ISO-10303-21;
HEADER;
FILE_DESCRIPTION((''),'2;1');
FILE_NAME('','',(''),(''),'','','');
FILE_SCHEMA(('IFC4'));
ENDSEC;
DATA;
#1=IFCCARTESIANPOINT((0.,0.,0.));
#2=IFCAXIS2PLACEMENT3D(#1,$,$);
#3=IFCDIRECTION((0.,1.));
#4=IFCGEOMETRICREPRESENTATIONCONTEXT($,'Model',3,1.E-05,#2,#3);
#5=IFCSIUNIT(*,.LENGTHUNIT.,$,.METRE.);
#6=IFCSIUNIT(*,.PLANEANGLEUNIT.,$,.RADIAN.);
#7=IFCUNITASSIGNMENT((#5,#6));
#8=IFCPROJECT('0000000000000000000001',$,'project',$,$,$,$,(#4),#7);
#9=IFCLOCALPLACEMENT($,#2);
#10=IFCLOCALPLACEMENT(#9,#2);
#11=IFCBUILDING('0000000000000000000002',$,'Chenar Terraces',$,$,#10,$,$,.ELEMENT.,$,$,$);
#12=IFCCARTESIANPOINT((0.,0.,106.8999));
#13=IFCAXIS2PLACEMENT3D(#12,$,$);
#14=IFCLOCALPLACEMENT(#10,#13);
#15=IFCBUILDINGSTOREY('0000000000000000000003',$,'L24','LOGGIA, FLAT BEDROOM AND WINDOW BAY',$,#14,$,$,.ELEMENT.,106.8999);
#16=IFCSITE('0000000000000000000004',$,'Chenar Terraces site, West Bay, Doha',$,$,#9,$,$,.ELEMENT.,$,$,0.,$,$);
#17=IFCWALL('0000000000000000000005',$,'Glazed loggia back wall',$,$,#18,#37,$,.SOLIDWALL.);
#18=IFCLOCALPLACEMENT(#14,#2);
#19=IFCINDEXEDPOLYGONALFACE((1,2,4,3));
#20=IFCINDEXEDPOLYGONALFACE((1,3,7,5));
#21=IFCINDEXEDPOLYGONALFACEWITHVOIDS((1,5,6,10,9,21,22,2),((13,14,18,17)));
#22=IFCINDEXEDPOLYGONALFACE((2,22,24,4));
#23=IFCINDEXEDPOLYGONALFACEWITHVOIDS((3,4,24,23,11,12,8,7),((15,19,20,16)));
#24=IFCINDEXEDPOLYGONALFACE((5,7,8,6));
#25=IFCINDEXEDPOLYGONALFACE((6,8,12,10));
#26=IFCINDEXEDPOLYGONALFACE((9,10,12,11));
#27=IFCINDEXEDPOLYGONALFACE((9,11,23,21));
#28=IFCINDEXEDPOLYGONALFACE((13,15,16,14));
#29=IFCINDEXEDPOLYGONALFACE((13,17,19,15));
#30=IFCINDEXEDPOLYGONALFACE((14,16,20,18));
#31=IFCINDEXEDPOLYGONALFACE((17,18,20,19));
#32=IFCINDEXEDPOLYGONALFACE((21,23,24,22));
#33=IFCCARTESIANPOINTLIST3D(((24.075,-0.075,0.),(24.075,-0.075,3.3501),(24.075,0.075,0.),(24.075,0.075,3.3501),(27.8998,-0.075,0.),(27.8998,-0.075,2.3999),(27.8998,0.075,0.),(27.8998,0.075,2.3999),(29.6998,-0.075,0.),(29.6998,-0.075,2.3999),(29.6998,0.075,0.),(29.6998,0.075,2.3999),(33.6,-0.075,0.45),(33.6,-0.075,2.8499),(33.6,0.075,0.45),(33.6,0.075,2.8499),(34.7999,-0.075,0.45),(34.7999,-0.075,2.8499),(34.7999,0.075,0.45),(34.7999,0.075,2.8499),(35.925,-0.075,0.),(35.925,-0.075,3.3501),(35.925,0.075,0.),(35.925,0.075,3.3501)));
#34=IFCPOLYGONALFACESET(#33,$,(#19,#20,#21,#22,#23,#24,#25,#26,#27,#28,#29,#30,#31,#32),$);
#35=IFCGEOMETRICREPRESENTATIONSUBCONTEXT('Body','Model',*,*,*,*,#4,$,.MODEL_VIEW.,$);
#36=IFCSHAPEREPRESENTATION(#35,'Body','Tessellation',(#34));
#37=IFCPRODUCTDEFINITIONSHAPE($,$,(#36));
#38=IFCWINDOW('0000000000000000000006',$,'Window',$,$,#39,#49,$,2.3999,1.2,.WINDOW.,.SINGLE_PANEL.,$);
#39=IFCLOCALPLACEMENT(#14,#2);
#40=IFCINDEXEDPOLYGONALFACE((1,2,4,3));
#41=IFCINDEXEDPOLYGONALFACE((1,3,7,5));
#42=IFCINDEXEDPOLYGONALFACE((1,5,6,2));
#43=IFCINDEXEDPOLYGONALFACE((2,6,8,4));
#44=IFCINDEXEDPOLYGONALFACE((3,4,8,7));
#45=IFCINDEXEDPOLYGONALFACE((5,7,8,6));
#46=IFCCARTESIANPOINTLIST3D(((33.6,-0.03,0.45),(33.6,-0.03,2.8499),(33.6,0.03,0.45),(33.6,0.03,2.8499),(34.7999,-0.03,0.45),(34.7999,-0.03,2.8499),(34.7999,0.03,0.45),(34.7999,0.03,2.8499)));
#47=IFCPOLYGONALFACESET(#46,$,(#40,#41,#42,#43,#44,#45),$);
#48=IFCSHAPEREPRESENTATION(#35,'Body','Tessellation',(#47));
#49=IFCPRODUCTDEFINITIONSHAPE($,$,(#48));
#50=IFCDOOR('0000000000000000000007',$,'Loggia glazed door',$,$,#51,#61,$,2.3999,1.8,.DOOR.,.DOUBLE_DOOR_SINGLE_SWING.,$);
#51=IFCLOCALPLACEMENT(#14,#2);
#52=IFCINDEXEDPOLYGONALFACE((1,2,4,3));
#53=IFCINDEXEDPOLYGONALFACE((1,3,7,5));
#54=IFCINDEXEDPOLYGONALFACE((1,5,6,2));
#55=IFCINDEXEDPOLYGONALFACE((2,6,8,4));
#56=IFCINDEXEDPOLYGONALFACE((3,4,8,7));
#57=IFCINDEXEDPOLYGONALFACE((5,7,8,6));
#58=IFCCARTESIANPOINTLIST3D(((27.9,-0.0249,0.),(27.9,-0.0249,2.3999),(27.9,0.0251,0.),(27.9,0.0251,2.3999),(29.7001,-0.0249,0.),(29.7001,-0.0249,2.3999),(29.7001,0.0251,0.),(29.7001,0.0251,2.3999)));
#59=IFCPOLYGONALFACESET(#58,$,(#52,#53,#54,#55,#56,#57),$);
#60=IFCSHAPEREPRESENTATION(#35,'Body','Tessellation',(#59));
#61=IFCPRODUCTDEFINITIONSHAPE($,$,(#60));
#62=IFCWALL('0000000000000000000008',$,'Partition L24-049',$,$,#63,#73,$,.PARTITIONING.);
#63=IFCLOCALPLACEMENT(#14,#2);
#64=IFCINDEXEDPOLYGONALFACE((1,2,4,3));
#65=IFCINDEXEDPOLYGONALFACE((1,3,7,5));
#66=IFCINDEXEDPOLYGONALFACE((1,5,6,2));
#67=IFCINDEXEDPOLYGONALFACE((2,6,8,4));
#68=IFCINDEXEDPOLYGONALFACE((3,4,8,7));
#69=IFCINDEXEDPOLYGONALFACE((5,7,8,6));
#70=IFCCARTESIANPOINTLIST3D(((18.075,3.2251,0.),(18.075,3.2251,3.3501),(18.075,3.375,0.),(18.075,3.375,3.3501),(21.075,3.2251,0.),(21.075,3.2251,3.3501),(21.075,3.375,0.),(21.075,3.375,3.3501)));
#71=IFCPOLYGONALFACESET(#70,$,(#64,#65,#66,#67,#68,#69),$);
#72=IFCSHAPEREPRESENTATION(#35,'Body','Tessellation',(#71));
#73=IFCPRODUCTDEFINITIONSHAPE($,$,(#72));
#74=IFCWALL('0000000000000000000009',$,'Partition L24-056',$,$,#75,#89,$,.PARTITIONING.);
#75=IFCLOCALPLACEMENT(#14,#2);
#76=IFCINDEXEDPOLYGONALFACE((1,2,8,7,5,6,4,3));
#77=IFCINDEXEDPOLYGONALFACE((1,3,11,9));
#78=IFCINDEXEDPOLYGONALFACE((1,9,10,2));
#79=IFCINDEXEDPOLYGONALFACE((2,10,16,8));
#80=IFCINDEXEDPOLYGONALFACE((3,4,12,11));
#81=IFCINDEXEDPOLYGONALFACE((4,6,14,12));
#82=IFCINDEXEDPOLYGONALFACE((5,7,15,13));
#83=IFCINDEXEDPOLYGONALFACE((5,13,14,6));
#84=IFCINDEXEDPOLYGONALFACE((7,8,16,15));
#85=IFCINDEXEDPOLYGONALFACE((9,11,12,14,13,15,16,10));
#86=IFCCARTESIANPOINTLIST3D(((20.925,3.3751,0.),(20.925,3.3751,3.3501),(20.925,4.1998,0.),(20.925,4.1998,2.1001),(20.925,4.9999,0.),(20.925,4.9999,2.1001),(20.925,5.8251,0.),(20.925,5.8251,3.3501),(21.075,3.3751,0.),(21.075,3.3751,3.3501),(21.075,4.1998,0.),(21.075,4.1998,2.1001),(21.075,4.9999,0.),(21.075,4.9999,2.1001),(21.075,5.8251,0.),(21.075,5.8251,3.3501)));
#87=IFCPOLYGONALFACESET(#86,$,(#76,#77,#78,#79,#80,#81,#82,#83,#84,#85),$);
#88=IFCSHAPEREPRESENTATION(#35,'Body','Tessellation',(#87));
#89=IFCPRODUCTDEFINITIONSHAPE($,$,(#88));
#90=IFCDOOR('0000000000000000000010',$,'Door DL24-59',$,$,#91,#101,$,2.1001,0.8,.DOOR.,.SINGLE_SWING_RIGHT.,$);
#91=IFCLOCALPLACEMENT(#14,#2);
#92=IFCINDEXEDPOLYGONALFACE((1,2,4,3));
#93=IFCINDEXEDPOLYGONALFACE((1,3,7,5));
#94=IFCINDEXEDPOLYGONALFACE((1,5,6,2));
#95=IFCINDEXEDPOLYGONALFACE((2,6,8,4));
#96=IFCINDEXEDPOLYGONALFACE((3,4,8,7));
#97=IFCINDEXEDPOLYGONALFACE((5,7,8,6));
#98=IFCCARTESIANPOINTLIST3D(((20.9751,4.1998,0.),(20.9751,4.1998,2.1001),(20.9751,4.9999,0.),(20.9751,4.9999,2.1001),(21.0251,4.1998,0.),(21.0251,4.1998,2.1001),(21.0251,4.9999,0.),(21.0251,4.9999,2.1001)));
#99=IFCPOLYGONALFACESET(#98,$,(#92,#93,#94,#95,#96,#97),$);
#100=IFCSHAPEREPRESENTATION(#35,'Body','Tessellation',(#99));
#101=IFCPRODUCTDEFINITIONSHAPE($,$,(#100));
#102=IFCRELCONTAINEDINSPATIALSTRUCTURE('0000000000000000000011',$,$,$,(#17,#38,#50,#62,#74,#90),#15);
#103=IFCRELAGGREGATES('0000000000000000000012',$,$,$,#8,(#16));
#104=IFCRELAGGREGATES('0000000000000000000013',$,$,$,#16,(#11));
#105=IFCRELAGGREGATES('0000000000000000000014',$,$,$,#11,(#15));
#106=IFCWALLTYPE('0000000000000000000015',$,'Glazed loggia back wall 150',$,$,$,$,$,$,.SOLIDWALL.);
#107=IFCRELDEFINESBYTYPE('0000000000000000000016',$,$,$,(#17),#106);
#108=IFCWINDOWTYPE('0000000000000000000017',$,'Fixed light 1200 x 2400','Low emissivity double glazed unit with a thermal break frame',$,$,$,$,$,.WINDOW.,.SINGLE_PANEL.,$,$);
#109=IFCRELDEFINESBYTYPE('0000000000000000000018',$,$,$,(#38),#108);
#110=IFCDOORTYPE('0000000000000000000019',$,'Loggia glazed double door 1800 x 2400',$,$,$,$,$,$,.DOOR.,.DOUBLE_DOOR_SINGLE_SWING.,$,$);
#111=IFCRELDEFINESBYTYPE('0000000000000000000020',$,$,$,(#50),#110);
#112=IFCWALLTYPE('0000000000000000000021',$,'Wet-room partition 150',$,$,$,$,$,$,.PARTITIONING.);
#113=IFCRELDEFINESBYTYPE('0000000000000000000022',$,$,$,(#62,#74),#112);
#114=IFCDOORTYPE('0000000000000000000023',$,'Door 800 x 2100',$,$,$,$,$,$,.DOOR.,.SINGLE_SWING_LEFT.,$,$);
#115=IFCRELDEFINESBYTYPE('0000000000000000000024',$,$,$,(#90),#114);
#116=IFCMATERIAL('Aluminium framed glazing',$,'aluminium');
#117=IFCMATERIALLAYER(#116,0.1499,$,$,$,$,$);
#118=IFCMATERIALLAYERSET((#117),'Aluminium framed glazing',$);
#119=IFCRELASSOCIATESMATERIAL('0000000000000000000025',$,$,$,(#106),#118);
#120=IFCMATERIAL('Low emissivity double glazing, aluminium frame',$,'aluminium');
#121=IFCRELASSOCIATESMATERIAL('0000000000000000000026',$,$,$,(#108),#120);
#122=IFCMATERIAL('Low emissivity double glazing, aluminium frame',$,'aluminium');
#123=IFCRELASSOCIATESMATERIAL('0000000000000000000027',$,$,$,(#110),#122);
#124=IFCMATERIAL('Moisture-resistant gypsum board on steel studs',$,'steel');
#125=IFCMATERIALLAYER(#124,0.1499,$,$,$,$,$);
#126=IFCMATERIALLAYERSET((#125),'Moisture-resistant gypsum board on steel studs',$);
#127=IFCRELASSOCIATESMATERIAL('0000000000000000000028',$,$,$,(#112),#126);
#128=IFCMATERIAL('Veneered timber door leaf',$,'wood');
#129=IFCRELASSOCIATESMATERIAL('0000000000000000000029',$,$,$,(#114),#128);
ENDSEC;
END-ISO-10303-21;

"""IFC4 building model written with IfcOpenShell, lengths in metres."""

from ifc_helpers import new_model, si_unit, direction, frame, frame_2d, origin, place, context, subcontext, project, spatial, rectangle, extrude, material, layer, layer_set, type_object, element, fill, save


model = new_model("IFC4")

# Units and contexts
model_context = context("Model", 3, precision=1e-05, world=origin(), true_north=direction((0.0, 1.0)))
body_context = subcontext(model_context, "Body", "Model", "MODEL_VIEW")
ifc_project = project(units=[si_unit("LENGTHUNIT", "METRE"), si_unit("PLANEANGLEUNIT", "RADIAN")], contexts=[model_context])

# Site, building, storey
site_placement = place(None, origin())
site = spatial("IfcSite", under=ifc_project, at=site_placement, Name="Chenar Terraces site, West Bay, Doha", CompositionType="ELEMENT", RefElevation=0.0)
building_placement = place(site_placement, origin())
building = spatial("IfcBuilding", under=site, at=building_placement, Name="Chenar Terraces", CompositionType="ELEMENT")
storey_placement = place(building_placement, frame((0.0, 0.0, 106.8999)))
storey = spatial("IfcBuildingStorey", under=building, at=storey_placement, Name="L24", Description="LOGGIA, FLAT BEDROOM AND WINDOW BAY", CompositionType="ELEMENT", Elevation=106.8999)

# Wall, openings, window, door
ifc_material_1 = material(Name="Aluminium framed glazing", Category="aluminium")
ifc_layer_1 = layer(ifc_material_1, 0.1499)
ifc_layer_set_1 = layer_set([ifc_layer_1], Name="Aluminium framed glazing")
wall_type_1 = type_object("IfcWallType", Name="Glazed loggia back wall 150", PredefinedType="SOLIDWALL", material=ifc_layer_set_1)
wall_1_placement = place(storey_placement, frame((24.075, 0.0, 0.0), z_axis=(0.0, 0.0, 1.0), x_axis=(1.0, 0.0, 0.0)))
wall_1 = element("IfcWall", 1, at=wall_1_placement, inside=storey, type_object=wall_type_1, Name="Glazed loggia back wall", PredefinedType="SOLIDWALL", context=body_context, shape_type="SweptSolid", body=[
    extrude(rectangle(XDim=11.8501, YDim=0.1499, at=frame_2d((5.925, 0.0))), origin(), (0.0, 0.0, 1.0), 3.3501),
])
opening_1_placement = place(wall_1_placement, frame((3.825, 0.0, 0.0)))
opening_1 = element("IfcOpeningElement", 2, at=opening_1_placement, cuts=wall_1, PredefinedType="OPENING", context=body_context, shape_type="SweptSolid", body=[
    extrude(rectangle(XDim=1.8, YDim=2.3999, at=frame_2d((0.8999, 1.2))), frame((0.0, 0.085, 0.0), z_axis=(0.0, -1.0, 0.0), x_axis=(1.0, 0.0, 0.0)), (0.0, 0.0, 1.0), 0.1699),
])
opening_2_placement = place(wall_1_placement, frame((9.5249, 0.0, 0.45)))
opening_2 = element("IfcOpeningElement", 3, at=opening_2_placement, cuts=wall_1, PredefinedType="OPENING", context=body_context, shape_type="SweptSolid", body=[
    extrude(rectangle(XDim=1.2, YDim=2.3999, at=frame_2d((0.6001, 1.2))), frame((0.0, 0.085, 0.0), z_axis=(0.0, -1.0, 0.0), x_axis=(1.0, 0.0, 0.0)), (0.0, 0.0, 1.0), 0.1699),
])
ifc_material_2 = material(Name="Low emissivity double glazing, aluminium frame", Category="aluminium")
window_type = type_object("IfcWindowType", Name="Fixed light 1200 x 2400", Description="Low emissivity double glazed unit with a thermal break frame", PartitioningType="SINGLE_PANEL", PredefinedType="WINDOW", material=ifc_material_2)
window_placement = place(opening_2_placement, origin())
window = element("IfcWindow", 4, at=window_placement, inside=storey, type_object=window_type, Name="Window", OverallHeight=2.3999, OverallWidth=1.2, PartitioningType="SINGLE_PANEL", PredefinedType="WINDOW", context=body_context, shape_type="SweptSolid", body=[
    extrude(rectangle(XDim=1.2, YDim=2.3999, at=frame_2d((0.6001, 1.2))), frame((0.0, 0.03, 0.0), z_axis=(0.0, -1.0, 0.0), x_axis=(1.0, 0.0, 0.0)), (0.0, 0.0, 1.0), 0.0601),
])
fill(opening_2, window)
ifc_material_3 = material(Name="Low emissivity double glazing, aluminium frame", Category="aluminium")
door_type_1 = type_object("IfcDoorType", Name="Loggia glazed double door 1800 x 2400", OperationType="DOUBLE_DOOR_SINGLE_SWING", PredefinedType="DOOR", material=ifc_material_3)
door_1_placement = place(opening_1_placement, frame((1.8, 0.0, 0.0), z_axis=(0.0, 0.0, 1.0), x_axis=(-1.0, 0.0, 0.0)))
door_1 = element("IfcDoor", 5, at=door_1_placement, inside=storey, type_object=door_type_1, Name="Loggia glazed door", OperationType="DOUBLE_DOOR_SINGLE_SWING", OverallHeight=2.3999, OverallWidth=1.8, PredefinedType="DOOR", context=body_context, shape_type="SweptSolid", body=[
    extrude(rectangle(XDim=1.8, YDim=2.3999, at=frame_2d((0.8999, 1.2))), frame((0.0, 0.0249, 0.0), z_axis=(0.0, -1.0, 0.0), x_axis=(1.0, 0.0, 0.0)), (0.0, 0.0, 1.0), 0.05),
])
fill(opening_1, door_1)

# Wall
ifc_material_4 = material(Name="Moisture-resistant gypsum board on steel studs", Category="steel")
ifc_layer_2 = layer(ifc_material_4, 0.1499)
ifc_layer_set_2 = layer_set([ifc_layer_2], Name="Moisture-resistant gypsum board on steel studs")
wall_type_2 = type_object("IfcWallType", Name="Wet-room partition 150", PredefinedType="PARTITIONING", material=ifc_layer_set_2)
wall_2_placement = place(storey_placement, frame((18.075, 3.3, 0.0), z_axis=(0.0, 0.0, 1.0), x_axis=(1.0, 0.0, 0.0)))
element("IfcWall", 6, at=wall_2_placement, inside=storey, type_object=wall_type_2, Name="Partition L24-049", PredefinedType="PARTITIONING", context=body_context, shape_type="SweptSolid", body=[
    extrude(rectangle(XDim=3.0, YDim=0.1499, at=frame_2d((1.5, 0.0))), origin(), (0.0, 0.0, 1.0), 3.3501),
])

# Wall, opening, door
wall_3_placement = place(storey_placement, frame((21.0, 3.375, 0.0), z_axis=(0.0, 0.0, 1.0), x_axis=(0.0, 1.0, 0.0)))
wall_3 = element("IfcWall", 7, at=wall_3_placement, inside=storey, type_object=wall_type_2, Name="Partition L24-056", PredefinedType="PARTITIONING", context=body_context, shape_type="SweptSolid", body=[
    extrude(rectangle(XDim=2.45, YDim=0.1499, at=frame_2d((1.2251, 0.0))), origin(), (0.0, 0.0, 1.0), 3.3501),
])
opening_3_placement = place(wall_3_placement, frame((0.825, 0.0, 0.0)))
opening_3 = element("IfcOpeningElement", 8, at=opening_3_placement, cuts=wall_3, PredefinedType="OPENING", context=body_context, shape_type="SweptSolid", body=[
    extrude(rectangle(XDim=0.8, YDim=2.1001, at=frame_2d((0.3999, 1.05))), frame((0.0, 0.085, 0.0), z_axis=(0.0, -1.0, 0.0), x_axis=(1.0, 0.0, 0.0)), (0.0, 0.0, 1.0), 0.1699),
])
ifc_material_5 = material(Name="Veneered timber door leaf", Category="wood")
door_type_2 = type_object("IfcDoorType", Name="Door 800 x 2100", OperationType="SINGLE_SWING_LEFT", PredefinedType="DOOR", material=ifc_material_5)
door_2_placement = place(opening_3_placement, origin())
door_2 = element("IfcDoor", 9, at=door_2_placement, inside=storey, type_object=door_type_2, Name="Door DL24-59", OperationType="SINGLE_SWING_RIGHT", OverallHeight=2.1001, OverallWidth=0.8, PredefinedType="DOOR", context=body_context, shape_type="SweptSolid", body=[
    extrude(rectangle(XDim=0.8, YDim=2.1001, at=frame_2d((0.3999, 1.05))), frame((0.0, 0.0249, 0.0), z_axis=(0.0, -1.0, 0.0), x_axis=(1.0, 0.0, 0.0)), (0.0, 0.0, 1.0), 0.05),
])
fill(opening_3, door_2)

save(model, "model.ifc")
